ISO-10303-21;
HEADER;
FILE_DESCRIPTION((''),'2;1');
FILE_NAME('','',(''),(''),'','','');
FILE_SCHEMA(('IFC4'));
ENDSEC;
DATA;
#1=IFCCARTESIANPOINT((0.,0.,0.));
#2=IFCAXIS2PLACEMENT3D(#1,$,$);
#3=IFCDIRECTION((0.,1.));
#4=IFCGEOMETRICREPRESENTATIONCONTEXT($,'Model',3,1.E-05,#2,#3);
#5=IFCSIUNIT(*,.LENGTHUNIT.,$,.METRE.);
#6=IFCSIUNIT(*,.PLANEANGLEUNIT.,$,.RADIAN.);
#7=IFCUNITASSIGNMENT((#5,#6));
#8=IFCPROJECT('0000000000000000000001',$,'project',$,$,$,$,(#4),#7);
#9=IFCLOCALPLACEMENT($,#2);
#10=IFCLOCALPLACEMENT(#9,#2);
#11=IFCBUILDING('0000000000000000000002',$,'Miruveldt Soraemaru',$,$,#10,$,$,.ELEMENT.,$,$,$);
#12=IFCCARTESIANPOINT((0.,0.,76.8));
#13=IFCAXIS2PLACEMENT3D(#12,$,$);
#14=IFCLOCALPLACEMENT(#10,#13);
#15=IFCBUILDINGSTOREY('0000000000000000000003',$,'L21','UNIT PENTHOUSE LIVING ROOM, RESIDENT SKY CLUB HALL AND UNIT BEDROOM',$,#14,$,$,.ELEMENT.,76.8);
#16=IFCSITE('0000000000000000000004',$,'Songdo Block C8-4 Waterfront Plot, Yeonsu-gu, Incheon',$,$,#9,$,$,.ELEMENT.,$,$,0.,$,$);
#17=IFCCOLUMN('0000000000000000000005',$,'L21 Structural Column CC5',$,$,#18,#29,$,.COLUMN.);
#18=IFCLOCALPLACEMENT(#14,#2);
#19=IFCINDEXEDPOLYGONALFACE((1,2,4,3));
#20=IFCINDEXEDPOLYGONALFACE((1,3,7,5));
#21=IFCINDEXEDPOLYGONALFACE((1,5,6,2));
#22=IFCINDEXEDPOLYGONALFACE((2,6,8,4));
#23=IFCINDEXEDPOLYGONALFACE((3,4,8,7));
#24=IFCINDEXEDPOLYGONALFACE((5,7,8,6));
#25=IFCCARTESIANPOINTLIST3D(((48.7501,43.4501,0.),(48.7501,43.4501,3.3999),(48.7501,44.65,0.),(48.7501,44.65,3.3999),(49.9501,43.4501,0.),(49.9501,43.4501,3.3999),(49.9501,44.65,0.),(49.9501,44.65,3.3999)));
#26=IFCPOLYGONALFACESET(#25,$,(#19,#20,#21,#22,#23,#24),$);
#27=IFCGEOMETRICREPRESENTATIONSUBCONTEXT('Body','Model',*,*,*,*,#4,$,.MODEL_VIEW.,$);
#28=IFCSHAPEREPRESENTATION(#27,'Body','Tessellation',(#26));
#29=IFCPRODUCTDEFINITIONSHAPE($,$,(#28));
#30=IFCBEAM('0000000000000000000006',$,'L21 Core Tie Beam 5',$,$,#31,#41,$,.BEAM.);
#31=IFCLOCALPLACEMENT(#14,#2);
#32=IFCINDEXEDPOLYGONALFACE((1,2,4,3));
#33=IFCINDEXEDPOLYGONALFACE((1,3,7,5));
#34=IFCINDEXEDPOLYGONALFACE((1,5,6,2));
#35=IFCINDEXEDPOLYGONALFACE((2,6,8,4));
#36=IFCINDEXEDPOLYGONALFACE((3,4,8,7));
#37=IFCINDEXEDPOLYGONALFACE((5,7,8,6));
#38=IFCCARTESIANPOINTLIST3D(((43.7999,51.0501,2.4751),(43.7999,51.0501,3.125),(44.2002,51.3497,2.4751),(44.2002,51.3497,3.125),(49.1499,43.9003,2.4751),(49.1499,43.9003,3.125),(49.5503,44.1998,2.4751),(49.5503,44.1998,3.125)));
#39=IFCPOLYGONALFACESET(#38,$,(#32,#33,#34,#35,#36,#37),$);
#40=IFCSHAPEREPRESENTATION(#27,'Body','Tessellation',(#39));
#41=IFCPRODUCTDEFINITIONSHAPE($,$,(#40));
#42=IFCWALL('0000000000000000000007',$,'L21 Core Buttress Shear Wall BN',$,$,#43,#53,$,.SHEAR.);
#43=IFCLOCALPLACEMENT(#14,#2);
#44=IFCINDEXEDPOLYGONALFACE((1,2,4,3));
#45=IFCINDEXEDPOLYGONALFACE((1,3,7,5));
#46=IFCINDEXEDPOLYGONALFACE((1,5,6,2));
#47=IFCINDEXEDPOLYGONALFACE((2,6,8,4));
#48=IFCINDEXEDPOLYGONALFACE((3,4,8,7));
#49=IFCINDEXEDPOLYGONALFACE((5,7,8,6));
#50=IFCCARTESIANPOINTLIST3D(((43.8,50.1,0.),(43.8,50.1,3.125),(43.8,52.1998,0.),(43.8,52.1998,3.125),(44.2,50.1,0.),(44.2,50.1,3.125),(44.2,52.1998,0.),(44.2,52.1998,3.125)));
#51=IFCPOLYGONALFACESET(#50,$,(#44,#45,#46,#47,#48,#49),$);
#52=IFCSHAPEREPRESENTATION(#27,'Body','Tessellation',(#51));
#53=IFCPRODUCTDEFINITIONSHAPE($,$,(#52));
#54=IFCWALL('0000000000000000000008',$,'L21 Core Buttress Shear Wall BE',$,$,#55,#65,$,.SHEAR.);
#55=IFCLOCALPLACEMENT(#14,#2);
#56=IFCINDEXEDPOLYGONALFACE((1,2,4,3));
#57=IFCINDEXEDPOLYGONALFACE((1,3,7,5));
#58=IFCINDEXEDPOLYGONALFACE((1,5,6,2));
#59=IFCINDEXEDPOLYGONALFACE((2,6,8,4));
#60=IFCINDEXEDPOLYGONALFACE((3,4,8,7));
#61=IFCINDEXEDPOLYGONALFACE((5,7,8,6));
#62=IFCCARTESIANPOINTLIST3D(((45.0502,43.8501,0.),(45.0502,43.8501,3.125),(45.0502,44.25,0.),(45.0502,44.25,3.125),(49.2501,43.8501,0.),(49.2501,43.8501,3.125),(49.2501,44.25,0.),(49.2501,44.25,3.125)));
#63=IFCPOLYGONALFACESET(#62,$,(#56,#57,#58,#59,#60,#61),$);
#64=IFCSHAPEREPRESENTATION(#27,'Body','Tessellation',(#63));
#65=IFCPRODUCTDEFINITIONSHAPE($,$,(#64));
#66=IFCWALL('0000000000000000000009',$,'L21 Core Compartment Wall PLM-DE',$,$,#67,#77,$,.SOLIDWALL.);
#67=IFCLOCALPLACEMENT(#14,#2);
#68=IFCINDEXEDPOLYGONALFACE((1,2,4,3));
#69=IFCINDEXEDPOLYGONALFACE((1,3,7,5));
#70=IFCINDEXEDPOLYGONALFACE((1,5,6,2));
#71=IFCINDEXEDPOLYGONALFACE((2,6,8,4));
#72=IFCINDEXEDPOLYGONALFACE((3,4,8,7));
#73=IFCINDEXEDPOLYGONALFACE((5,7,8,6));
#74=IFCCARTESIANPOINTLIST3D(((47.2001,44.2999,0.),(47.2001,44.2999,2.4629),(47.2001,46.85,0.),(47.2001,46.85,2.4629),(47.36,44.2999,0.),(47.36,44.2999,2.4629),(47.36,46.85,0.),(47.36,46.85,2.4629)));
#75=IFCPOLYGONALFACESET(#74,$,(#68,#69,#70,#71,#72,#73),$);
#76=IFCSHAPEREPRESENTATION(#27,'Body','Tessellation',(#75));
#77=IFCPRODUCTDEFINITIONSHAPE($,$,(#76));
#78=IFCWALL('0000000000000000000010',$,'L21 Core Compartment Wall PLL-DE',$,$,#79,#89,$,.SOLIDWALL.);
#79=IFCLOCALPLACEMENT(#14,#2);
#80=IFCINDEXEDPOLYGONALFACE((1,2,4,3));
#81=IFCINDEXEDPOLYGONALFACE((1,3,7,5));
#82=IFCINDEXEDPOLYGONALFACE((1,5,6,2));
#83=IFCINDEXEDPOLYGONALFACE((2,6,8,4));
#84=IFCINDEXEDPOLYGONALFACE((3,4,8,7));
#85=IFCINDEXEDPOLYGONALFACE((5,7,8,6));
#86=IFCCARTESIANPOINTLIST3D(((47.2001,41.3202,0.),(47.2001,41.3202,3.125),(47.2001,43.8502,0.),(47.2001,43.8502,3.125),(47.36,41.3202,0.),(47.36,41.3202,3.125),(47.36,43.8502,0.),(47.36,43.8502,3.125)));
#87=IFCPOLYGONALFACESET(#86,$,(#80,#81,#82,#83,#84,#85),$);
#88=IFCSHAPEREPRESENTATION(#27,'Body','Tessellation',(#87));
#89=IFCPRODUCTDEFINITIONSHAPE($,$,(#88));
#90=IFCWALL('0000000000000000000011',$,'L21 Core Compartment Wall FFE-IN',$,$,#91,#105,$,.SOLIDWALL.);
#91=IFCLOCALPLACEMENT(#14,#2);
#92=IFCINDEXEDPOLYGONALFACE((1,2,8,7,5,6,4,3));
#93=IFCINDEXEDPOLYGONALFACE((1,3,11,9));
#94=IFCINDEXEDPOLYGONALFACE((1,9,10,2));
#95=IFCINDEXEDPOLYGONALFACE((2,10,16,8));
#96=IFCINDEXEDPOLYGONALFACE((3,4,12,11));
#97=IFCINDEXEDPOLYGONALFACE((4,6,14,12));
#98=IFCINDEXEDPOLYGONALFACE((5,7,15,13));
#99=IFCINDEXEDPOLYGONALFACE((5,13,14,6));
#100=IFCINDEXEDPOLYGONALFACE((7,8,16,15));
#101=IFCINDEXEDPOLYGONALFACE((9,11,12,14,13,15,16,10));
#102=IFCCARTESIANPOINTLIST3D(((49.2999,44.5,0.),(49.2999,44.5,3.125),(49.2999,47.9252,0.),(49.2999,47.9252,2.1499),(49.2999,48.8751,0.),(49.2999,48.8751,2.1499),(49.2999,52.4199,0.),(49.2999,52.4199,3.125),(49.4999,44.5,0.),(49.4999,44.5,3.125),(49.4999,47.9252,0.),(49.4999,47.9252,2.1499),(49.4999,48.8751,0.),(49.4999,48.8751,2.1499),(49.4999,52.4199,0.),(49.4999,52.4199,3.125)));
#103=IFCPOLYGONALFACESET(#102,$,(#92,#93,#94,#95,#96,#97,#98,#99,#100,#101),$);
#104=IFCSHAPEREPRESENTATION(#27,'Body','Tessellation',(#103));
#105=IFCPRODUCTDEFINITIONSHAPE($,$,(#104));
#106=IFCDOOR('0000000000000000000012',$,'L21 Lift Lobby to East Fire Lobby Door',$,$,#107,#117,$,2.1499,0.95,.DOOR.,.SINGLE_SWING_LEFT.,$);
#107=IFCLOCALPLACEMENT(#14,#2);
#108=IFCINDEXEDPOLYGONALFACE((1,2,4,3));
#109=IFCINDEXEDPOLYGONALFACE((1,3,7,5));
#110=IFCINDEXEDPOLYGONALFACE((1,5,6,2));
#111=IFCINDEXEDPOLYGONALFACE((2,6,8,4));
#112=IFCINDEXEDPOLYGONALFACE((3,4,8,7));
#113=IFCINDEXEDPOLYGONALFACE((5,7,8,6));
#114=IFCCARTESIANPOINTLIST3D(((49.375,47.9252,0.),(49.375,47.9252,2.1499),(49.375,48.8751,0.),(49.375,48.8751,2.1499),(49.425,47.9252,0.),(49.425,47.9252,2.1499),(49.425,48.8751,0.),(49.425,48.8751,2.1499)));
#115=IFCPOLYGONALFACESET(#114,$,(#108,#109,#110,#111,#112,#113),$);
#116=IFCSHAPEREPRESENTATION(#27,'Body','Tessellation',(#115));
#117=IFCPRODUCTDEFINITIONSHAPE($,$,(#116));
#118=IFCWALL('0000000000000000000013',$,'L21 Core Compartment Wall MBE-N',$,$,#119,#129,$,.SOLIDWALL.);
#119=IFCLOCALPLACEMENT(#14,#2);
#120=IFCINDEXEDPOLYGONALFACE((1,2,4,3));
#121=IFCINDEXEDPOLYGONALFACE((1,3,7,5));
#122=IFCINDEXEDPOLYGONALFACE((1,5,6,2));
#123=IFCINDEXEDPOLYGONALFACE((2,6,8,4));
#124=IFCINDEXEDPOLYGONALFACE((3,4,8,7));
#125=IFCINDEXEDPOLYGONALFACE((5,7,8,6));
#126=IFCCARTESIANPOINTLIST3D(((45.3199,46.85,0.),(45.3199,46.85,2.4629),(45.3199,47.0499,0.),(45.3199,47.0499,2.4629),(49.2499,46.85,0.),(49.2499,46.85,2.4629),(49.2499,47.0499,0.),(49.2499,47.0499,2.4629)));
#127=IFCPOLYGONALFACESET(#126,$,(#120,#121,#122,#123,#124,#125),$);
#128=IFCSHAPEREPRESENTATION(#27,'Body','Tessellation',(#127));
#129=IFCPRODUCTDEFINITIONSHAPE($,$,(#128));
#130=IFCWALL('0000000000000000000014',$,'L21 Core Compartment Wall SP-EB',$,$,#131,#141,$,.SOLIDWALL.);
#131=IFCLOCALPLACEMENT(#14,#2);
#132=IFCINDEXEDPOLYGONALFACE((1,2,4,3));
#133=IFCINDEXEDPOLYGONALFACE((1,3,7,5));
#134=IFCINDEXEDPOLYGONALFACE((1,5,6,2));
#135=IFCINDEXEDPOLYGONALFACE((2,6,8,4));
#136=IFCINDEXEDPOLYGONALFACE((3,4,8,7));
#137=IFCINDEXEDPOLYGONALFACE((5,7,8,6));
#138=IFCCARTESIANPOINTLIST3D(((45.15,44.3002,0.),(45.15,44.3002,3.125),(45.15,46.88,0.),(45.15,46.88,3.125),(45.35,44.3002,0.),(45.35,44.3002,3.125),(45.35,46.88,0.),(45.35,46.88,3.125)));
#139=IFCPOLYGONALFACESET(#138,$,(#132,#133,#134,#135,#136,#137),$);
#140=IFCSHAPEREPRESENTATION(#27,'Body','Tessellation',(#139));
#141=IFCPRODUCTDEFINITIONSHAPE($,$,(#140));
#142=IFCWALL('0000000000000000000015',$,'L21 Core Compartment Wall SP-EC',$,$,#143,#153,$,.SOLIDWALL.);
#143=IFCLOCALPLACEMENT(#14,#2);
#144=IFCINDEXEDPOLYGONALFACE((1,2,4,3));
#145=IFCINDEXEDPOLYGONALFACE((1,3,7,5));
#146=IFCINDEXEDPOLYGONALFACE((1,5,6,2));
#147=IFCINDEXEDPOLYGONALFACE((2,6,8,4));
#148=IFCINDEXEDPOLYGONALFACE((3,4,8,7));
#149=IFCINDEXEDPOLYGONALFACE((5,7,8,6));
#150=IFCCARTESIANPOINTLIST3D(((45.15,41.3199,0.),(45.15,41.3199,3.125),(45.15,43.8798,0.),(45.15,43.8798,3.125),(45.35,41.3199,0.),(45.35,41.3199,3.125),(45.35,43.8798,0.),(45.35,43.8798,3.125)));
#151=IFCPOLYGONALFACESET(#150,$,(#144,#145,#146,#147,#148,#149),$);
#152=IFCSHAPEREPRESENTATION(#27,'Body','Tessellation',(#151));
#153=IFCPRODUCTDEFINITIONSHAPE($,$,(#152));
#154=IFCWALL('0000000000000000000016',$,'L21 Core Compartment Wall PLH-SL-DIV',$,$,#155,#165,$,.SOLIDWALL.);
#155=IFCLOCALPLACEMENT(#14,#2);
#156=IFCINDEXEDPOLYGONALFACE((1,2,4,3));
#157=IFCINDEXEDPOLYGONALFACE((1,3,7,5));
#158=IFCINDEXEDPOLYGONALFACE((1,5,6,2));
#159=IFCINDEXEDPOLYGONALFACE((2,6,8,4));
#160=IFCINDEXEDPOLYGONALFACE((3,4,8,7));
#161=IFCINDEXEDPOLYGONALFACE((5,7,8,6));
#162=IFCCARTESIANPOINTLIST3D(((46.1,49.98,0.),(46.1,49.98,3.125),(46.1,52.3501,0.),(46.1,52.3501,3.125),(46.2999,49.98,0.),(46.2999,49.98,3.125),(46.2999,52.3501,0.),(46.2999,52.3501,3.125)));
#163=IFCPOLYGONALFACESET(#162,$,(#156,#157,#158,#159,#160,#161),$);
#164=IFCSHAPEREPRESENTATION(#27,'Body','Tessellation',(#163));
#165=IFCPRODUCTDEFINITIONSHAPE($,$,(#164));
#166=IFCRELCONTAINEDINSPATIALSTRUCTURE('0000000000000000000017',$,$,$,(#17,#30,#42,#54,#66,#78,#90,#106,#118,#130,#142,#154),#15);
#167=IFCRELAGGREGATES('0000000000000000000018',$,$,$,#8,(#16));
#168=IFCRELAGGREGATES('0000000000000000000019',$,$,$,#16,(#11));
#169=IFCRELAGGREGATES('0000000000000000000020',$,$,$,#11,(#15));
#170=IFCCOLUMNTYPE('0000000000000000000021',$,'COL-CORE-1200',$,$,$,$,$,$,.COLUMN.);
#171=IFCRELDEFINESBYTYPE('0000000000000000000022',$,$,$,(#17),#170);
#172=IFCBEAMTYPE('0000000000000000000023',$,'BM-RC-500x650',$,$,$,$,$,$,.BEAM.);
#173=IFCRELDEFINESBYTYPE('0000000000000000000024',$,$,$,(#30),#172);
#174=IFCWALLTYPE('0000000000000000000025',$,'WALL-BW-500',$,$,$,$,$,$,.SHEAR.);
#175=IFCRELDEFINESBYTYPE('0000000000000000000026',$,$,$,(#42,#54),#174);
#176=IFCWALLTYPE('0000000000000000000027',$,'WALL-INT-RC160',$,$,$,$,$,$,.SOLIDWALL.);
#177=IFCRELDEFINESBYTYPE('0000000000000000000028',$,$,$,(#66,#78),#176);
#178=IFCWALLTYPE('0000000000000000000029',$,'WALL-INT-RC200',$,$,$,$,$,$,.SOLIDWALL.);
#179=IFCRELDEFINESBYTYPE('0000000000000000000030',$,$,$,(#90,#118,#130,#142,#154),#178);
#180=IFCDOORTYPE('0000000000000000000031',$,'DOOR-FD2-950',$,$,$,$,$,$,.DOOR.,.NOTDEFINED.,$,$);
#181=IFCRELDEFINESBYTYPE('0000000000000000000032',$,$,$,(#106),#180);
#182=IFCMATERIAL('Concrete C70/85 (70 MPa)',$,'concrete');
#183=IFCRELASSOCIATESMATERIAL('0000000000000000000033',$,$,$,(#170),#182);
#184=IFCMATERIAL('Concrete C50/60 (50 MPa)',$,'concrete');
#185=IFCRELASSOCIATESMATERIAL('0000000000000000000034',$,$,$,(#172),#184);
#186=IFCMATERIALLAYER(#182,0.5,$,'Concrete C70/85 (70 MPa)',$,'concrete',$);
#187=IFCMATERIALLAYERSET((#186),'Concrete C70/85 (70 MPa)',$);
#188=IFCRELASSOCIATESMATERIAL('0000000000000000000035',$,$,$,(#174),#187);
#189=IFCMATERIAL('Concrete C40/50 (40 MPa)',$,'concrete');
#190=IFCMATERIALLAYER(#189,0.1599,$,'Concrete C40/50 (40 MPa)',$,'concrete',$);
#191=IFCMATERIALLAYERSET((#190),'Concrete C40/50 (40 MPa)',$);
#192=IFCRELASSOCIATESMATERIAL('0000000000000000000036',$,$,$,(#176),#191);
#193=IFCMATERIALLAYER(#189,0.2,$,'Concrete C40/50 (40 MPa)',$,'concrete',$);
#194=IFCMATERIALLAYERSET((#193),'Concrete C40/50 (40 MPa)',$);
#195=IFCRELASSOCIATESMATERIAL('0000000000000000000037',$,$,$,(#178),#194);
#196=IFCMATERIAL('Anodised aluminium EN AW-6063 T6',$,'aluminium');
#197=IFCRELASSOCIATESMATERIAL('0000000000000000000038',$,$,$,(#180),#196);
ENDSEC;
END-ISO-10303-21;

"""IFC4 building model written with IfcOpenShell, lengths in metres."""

from ifc_helpers import new_model, si_unit, direction, frame, frame_2d, origin, origin_2d, place, context, subcontext, project, spatial, rectangle, extrude, material, layer, layer_set, material_profile, profile_set, type_object, element, fill, save


model = new_model("IFC4")

# Units and contexts
model_context = context("Model", 3, precision=1e-05, world=origin(), true_north=direction((0.0, 1.0)))
body_context = subcontext(model_context, "Body", "Model", "MODEL_VIEW")
ifc_project = project(units=[si_unit("LENGTHUNIT", "METRE"), si_unit("PLANEANGLEUNIT", "RADIAN")], contexts=[model_context])

# Site, building, storey
site_placement = place(None, origin())
site = spatial("IfcSite", under=ifc_project, at=site_placement, Name="Songdo Block C8-4 Waterfront Plot, Yeonsu-gu, Incheon", CompositionType="ELEMENT", RefElevation=0.0)
building_placement = place(site_placement, origin())
building = spatial("IfcBuilding", under=site, at=building_placement, Name="Miruveldt Soraemaru", CompositionType="ELEMENT")
storey_placement = place(building_placement, frame((0.0, 0.0, 76.8)))
storey = spatial("IfcBuildingStorey", under=building, at=storey_placement, Name="L21", Description="UNIT PENTHOUSE LIVING ROOM, RESIDENT SKY CLUB HALL AND UNIT BEDROOM", CompositionType="ELEMENT", Elevation=76.8)

# Column
ifc_material_1 = material(Name="Concrete C70/85 (70 MPa)", Category="concrete")
ifc_material_profile_1 = material_profile(ifc_material_1, rectangle(XDim=1.2, YDim=1.2, at=origin_2d()), Name="Concrete C70/85 (70 MPa)", Category="concrete")
ifc_profile_set_1 = profile_set([ifc_material_profile_1], Name="Concrete C70/85 (70 MPa)")
column_type = type_object("IfcColumnType", Name="COL-CORE-1200", PredefinedType="COLUMN", material=ifc_profile_set_1)
column_placement = place(storey_placement, frame((49.3501, 44.05, 0.0), z_axis=(0.0, 0.0, 1.0), x_axis=(1.0, 0.0, 0.0)))
element("IfcColumn", 1, at=column_placement, inside=storey, type_object=column_type, Name="L21 Structural Column CC5", PredefinedType="COLUMN", context=body_context, shape_type="SweptSolid", body=[
    extrude(rectangle(XDim=1.2, YDim=1.2, at=origin_2d()), origin(), (0.0, 0.0, 1.0), 3.3999),
])

# Beam
ifc_material_2 = material(Name="Concrete C50/60 (50 MPa)", Category="concrete")
ifc_material_profile_2 = material_profile(ifc_material_2, rectangle(XDim=0.5, YDim=0.6499, at=origin_2d()), Name="Concrete C50/60 (50 MPa)", Category="concrete")
ifc_profile_set_2 = profile_set([ifc_material_profile_2], Name="Concrete C50/60 (50 MPa)")
beam_type = type_object("IfcBeamType", Name="BM-RC-500x650", PredefinedType="BEAM", material=ifc_profile_set_2)
beam_placement = place(storey_placement, frame((49.3501, 44.05, 2.8), z_axis=(-0.599116, 0.800662, 0.0), x_axis=(-0.800662, -0.599116, 0.0)))
element("IfcBeam", 2, at=beam_placement, inside=storey, type_object=beam_type, Name="L21 Core Tie Beam 5", PredefinedType="BEAM", context=body_context, shape_type="SweptSolid", body=[
    extrude(rectangle(XDim=0.5, YDim=0.6499, at=origin_2d()), origin(), (0.0, 0.0, 1.0), 8.9299),
])

# Walls
ifc_layer_1 = layer(ifc_material_1, 0.5, Name="Concrete C70/85 (70 MPa)", Category="concrete")
ifc_layer_set_1 = layer_set([ifc_layer_1], Name="Concrete C70/85 (70 MPa)")
wall_type_1 = type_object("IfcWallType", Name="WALL-BW-500", PredefinedType="SHEAR", material=ifc_layer_set_1)
wall_1_placement = place(storey_placement, frame((44.0, 50.1001, 0.0), z_axis=(0.0, 0.0, 1.0), x_axis=(0.0, 1.0, 0.0)))
element("IfcWall", 3, at=wall_1_placement, inside=storey, type_object=wall_type_1, Name="L21 Core Buttress Shear Wall BN", PredefinedType="SHEAR", context=body_context, shape_type="SweptSolid", body=[
    extrude(rectangle(XDim=2.0999, YDim=0.3999, at=frame_2d((1.0498, 0.0))), origin(), (0.0, 0.0, 1.0), 3.125),
])
wall_2_placement = place(storey_placement, frame((45.05, 44.05, 0.0), z_axis=(0.0, 0.0, 1.0), x_axis=(1.0, 0.0, 0.0)))
element("IfcWall", 4, at=wall_2_placement, inside=storey, type_object=wall_type_1, Name="L21 Core Buttress Shear Wall BE", PredefinedType="SHEAR", context=body_context, shape_type="SweptSolid", body=[
    extrude(rectangle(XDim=4.2, YDim=0.3999, at=frame_2d((2.1001, 0.0))), origin(), (0.0, 0.0, 1.0), 3.125),
])
ifc_material_3 = material(Name="Concrete C40/50 (40 MPa)", Category="concrete")
ifc_layer_2 = layer(ifc_material_3, 0.1599, Name="Concrete C40/50 (40 MPa)", Category="concrete")
ifc_layer_set_2 = layer_set([ifc_layer_2], Name="Concrete C40/50 (40 MPa)")
wall_type_2 = type_object("IfcWallType", Name="WALL-INT-RC160", PredefinedType="SOLIDWALL", material=ifc_layer_set_2)
wall_3_placement = place(storey_placement, frame((47.28, 44.3, 0.0), z_axis=(0.0, 0.0, 1.0), x_axis=(0.0, 1.0, 0.0)))
element("IfcWall", 5, at=wall_3_placement, inside=storey, type_object=wall_type_2, Name="L21 Core Compartment Wall PLM-DE", PredefinedType="SOLIDWALL", context=body_context, shape_type="SweptSolid", body=[
    extrude(rectangle(XDim=2.55, YDim=0.1599, at=frame_2d((1.2749, 0.0))), origin(), (0.0, 0.0, 1.0), 2.4629),
])
wall_4_placement = place(storey_placement, frame((47.28, 41.3201, 0.0), z_axis=(0.0, 0.0, 1.0), x_axis=(0.0, 1.0, 0.0)))
element("IfcWall", 6, at=wall_4_placement, inside=storey, type_object=wall_type_2, Name="L21 Core Compartment Wall PLL-DE", PredefinedType="SOLIDWALL", context=body_context, shape_type="SweptSolid", body=[
    extrude(rectangle(XDim=2.53, YDim=0.1599, at=frame_2d((1.2651, 0.0))), origin(), (0.0, 0.0, 1.0), 3.125),
])

# Wall, opening, door
ifc_layer_3 = layer(ifc_material_3, 0.2, Name="Concrete C40/50 (40 MPa)", Category="concrete")
ifc_layer_set_3 = layer_set([ifc_layer_3], Name="Concrete C40/50 (40 MPa)")
wall_type_3 = type_object("IfcWallType", Name="WALL-INT-RC200", PredefinedType="SOLIDWALL", material=ifc_layer_set_3)
wall_5_placement = place(storey_placement, frame((49.3999, 44.5, 0.0), z_axis=(0.0, 0.0, 1.0), x_axis=(0.0, 1.0, 0.0)))
wall_5 = element("IfcWall", 7, at=wall_5_placement, inside=storey, type_object=wall_type_3, Name="L21 Core Compartment Wall FFE-IN", PredefinedType="SOLIDWALL", context=body_context, shape_type="SweptSolid", body=[
    extrude(rectangle(XDim=7.9199, YDim=0.2, at=frame_2d((3.96, 0.0))), origin(), (0.0, 0.0, 1.0), 3.125),
])
opening_1_placement = place(wall_5_placement, frame((3.425, 0.0, 0.0)))
opening_1 = element("IfcOpeningElement", 8, at=opening_1_placement, cuts=wall_5, PredefinedType="OPENING", context=body_context, shape_type="SweptSolid", body=[
    extrude(rectangle(XDim=0.95, YDim=2.1499, at=frame_2d((0.4751, 1.075))), frame((0.0, 0.1099, 0.0), z_axis=(0.0, -1.0, 0.0), x_axis=(1.0, 0.0, 0.0)), (0.0, 0.0, 1.0), 0.22),
])
ifc_material_4 = material(Name="Anodised aluminium EN AW-6063 T6", Category="aluminium")
door_type_1 = type_object("IfcDoorType", Name="DOOR-FD2-950", OperationType="NOTDEFINED", PredefinedType="DOOR", material=ifc_material_4)
door_1_placement = place(opening_1_placement, origin())
door_1 = element("IfcDoor", 9, at=door_1_placement, inside=storey, type_object=door_type_1, Name="L21 Lift Lobby to East Fire Lobby Door", OperationType="SINGLE_SWING_LEFT", OverallHeight=2.1499, OverallWidth=0.95, PredefinedType="DOOR", context=body_context, shape_type="SweptSolid", body=[
    extrude(rectangle(XDim=0.95, YDim=2.1499, at=frame_2d((0.4751, 1.075))), frame((0.0, 0.0249, 0.0), z_axis=(0.0, -1.0, 0.0), x_axis=(1.0, 0.0, 0.0)), (0.0, 0.0, 1.0), 0.05),
])
fill(opening_1, door_1)

# Walls
wall_6_placement = place(storey_placement, frame((45.3201, 46.95, 0.0), z_axis=(0.0, 0.0, 1.0), x_axis=(1.0, 0.0, 0.0)))
element("IfcWall", 10, at=wall_6_placement, inside=storey, type_object=wall_type_3, Name="L21 Core Compartment Wall MBE-N", PredefinedType="SOLIDWALL", context=body_context, shape_type="SweptSolid", body=[
    extrude(rectangle(XDim=3.9299, YDim=0.2, at=frame_2d((1.9648, 0.0))), origin(), (0.0, 0.0, 1.0), 2.4629),
])
wall_7_placement = place(storey_placement, frame((45.25, 44.3, 0.0), z_axis=(0.0, 0.0, 1.0), x_axis=(0.0, 1.0, 0.0)))
element("IfcWall", 11, at=wall_7_placement, inside=storey, type_object=wall_type_3, Name="L21 Core Compartment Wall SP-EB", PredefinedType="SOLIDWALL", context=body_context, shape_type="SweptSolid", body=[
    extrude(rectangle(XDim=2.5798, YDim=0.2, at=frame_2d((1.29, 0.0))), origin(), (0.0, 0.0, 1.0), 3.125),
])
wall_8_placement = place(storey_placement, frame((45.25, 41.3201, 0.0), z_axis=(0.0, 0.0, 1.0), x_axis=(0.0, 1.0, 0.0)))
element("IfcWall", 12, at=wall_8_placement, inside=storey, type_object=wall_type_3, Name="L21 Core Compartment Wall SP-EC", PredefinedType="SOLIDWALL", context=body_context, shape_type="SweptSolid", body=[
    extrude(rectangle(XDim=2.5598, YDim=0.2, at=frame_2d((1.2798, 0.0))), origin(), (0.0, 0.0, 1.0), 3.125),
])
wall_9_placement = place(storey_placement, frame((46.2, 49.98, 0.0), z_axis=(0.0, 0.0, 1.0), x_axis=(0.0, 1.0, 0.0)))
element("IfcWall", 13, at=wall_9_placement, inside=storey, type_object=wall_type_3, Name="L21 Core Compartment Wall PLH-SL-DIV", PredefinedType="SOLIDWALL", context=body_context, shape_type="SweptSolid", body=[
    extrude(rectangle(XDim=2.3701, YDim=0.2, at=frame_2d((1.1851, 0.0))), origin(), (0.0, 0.0, 1.0), 3.125),
])

save(model, "model.ifc")
